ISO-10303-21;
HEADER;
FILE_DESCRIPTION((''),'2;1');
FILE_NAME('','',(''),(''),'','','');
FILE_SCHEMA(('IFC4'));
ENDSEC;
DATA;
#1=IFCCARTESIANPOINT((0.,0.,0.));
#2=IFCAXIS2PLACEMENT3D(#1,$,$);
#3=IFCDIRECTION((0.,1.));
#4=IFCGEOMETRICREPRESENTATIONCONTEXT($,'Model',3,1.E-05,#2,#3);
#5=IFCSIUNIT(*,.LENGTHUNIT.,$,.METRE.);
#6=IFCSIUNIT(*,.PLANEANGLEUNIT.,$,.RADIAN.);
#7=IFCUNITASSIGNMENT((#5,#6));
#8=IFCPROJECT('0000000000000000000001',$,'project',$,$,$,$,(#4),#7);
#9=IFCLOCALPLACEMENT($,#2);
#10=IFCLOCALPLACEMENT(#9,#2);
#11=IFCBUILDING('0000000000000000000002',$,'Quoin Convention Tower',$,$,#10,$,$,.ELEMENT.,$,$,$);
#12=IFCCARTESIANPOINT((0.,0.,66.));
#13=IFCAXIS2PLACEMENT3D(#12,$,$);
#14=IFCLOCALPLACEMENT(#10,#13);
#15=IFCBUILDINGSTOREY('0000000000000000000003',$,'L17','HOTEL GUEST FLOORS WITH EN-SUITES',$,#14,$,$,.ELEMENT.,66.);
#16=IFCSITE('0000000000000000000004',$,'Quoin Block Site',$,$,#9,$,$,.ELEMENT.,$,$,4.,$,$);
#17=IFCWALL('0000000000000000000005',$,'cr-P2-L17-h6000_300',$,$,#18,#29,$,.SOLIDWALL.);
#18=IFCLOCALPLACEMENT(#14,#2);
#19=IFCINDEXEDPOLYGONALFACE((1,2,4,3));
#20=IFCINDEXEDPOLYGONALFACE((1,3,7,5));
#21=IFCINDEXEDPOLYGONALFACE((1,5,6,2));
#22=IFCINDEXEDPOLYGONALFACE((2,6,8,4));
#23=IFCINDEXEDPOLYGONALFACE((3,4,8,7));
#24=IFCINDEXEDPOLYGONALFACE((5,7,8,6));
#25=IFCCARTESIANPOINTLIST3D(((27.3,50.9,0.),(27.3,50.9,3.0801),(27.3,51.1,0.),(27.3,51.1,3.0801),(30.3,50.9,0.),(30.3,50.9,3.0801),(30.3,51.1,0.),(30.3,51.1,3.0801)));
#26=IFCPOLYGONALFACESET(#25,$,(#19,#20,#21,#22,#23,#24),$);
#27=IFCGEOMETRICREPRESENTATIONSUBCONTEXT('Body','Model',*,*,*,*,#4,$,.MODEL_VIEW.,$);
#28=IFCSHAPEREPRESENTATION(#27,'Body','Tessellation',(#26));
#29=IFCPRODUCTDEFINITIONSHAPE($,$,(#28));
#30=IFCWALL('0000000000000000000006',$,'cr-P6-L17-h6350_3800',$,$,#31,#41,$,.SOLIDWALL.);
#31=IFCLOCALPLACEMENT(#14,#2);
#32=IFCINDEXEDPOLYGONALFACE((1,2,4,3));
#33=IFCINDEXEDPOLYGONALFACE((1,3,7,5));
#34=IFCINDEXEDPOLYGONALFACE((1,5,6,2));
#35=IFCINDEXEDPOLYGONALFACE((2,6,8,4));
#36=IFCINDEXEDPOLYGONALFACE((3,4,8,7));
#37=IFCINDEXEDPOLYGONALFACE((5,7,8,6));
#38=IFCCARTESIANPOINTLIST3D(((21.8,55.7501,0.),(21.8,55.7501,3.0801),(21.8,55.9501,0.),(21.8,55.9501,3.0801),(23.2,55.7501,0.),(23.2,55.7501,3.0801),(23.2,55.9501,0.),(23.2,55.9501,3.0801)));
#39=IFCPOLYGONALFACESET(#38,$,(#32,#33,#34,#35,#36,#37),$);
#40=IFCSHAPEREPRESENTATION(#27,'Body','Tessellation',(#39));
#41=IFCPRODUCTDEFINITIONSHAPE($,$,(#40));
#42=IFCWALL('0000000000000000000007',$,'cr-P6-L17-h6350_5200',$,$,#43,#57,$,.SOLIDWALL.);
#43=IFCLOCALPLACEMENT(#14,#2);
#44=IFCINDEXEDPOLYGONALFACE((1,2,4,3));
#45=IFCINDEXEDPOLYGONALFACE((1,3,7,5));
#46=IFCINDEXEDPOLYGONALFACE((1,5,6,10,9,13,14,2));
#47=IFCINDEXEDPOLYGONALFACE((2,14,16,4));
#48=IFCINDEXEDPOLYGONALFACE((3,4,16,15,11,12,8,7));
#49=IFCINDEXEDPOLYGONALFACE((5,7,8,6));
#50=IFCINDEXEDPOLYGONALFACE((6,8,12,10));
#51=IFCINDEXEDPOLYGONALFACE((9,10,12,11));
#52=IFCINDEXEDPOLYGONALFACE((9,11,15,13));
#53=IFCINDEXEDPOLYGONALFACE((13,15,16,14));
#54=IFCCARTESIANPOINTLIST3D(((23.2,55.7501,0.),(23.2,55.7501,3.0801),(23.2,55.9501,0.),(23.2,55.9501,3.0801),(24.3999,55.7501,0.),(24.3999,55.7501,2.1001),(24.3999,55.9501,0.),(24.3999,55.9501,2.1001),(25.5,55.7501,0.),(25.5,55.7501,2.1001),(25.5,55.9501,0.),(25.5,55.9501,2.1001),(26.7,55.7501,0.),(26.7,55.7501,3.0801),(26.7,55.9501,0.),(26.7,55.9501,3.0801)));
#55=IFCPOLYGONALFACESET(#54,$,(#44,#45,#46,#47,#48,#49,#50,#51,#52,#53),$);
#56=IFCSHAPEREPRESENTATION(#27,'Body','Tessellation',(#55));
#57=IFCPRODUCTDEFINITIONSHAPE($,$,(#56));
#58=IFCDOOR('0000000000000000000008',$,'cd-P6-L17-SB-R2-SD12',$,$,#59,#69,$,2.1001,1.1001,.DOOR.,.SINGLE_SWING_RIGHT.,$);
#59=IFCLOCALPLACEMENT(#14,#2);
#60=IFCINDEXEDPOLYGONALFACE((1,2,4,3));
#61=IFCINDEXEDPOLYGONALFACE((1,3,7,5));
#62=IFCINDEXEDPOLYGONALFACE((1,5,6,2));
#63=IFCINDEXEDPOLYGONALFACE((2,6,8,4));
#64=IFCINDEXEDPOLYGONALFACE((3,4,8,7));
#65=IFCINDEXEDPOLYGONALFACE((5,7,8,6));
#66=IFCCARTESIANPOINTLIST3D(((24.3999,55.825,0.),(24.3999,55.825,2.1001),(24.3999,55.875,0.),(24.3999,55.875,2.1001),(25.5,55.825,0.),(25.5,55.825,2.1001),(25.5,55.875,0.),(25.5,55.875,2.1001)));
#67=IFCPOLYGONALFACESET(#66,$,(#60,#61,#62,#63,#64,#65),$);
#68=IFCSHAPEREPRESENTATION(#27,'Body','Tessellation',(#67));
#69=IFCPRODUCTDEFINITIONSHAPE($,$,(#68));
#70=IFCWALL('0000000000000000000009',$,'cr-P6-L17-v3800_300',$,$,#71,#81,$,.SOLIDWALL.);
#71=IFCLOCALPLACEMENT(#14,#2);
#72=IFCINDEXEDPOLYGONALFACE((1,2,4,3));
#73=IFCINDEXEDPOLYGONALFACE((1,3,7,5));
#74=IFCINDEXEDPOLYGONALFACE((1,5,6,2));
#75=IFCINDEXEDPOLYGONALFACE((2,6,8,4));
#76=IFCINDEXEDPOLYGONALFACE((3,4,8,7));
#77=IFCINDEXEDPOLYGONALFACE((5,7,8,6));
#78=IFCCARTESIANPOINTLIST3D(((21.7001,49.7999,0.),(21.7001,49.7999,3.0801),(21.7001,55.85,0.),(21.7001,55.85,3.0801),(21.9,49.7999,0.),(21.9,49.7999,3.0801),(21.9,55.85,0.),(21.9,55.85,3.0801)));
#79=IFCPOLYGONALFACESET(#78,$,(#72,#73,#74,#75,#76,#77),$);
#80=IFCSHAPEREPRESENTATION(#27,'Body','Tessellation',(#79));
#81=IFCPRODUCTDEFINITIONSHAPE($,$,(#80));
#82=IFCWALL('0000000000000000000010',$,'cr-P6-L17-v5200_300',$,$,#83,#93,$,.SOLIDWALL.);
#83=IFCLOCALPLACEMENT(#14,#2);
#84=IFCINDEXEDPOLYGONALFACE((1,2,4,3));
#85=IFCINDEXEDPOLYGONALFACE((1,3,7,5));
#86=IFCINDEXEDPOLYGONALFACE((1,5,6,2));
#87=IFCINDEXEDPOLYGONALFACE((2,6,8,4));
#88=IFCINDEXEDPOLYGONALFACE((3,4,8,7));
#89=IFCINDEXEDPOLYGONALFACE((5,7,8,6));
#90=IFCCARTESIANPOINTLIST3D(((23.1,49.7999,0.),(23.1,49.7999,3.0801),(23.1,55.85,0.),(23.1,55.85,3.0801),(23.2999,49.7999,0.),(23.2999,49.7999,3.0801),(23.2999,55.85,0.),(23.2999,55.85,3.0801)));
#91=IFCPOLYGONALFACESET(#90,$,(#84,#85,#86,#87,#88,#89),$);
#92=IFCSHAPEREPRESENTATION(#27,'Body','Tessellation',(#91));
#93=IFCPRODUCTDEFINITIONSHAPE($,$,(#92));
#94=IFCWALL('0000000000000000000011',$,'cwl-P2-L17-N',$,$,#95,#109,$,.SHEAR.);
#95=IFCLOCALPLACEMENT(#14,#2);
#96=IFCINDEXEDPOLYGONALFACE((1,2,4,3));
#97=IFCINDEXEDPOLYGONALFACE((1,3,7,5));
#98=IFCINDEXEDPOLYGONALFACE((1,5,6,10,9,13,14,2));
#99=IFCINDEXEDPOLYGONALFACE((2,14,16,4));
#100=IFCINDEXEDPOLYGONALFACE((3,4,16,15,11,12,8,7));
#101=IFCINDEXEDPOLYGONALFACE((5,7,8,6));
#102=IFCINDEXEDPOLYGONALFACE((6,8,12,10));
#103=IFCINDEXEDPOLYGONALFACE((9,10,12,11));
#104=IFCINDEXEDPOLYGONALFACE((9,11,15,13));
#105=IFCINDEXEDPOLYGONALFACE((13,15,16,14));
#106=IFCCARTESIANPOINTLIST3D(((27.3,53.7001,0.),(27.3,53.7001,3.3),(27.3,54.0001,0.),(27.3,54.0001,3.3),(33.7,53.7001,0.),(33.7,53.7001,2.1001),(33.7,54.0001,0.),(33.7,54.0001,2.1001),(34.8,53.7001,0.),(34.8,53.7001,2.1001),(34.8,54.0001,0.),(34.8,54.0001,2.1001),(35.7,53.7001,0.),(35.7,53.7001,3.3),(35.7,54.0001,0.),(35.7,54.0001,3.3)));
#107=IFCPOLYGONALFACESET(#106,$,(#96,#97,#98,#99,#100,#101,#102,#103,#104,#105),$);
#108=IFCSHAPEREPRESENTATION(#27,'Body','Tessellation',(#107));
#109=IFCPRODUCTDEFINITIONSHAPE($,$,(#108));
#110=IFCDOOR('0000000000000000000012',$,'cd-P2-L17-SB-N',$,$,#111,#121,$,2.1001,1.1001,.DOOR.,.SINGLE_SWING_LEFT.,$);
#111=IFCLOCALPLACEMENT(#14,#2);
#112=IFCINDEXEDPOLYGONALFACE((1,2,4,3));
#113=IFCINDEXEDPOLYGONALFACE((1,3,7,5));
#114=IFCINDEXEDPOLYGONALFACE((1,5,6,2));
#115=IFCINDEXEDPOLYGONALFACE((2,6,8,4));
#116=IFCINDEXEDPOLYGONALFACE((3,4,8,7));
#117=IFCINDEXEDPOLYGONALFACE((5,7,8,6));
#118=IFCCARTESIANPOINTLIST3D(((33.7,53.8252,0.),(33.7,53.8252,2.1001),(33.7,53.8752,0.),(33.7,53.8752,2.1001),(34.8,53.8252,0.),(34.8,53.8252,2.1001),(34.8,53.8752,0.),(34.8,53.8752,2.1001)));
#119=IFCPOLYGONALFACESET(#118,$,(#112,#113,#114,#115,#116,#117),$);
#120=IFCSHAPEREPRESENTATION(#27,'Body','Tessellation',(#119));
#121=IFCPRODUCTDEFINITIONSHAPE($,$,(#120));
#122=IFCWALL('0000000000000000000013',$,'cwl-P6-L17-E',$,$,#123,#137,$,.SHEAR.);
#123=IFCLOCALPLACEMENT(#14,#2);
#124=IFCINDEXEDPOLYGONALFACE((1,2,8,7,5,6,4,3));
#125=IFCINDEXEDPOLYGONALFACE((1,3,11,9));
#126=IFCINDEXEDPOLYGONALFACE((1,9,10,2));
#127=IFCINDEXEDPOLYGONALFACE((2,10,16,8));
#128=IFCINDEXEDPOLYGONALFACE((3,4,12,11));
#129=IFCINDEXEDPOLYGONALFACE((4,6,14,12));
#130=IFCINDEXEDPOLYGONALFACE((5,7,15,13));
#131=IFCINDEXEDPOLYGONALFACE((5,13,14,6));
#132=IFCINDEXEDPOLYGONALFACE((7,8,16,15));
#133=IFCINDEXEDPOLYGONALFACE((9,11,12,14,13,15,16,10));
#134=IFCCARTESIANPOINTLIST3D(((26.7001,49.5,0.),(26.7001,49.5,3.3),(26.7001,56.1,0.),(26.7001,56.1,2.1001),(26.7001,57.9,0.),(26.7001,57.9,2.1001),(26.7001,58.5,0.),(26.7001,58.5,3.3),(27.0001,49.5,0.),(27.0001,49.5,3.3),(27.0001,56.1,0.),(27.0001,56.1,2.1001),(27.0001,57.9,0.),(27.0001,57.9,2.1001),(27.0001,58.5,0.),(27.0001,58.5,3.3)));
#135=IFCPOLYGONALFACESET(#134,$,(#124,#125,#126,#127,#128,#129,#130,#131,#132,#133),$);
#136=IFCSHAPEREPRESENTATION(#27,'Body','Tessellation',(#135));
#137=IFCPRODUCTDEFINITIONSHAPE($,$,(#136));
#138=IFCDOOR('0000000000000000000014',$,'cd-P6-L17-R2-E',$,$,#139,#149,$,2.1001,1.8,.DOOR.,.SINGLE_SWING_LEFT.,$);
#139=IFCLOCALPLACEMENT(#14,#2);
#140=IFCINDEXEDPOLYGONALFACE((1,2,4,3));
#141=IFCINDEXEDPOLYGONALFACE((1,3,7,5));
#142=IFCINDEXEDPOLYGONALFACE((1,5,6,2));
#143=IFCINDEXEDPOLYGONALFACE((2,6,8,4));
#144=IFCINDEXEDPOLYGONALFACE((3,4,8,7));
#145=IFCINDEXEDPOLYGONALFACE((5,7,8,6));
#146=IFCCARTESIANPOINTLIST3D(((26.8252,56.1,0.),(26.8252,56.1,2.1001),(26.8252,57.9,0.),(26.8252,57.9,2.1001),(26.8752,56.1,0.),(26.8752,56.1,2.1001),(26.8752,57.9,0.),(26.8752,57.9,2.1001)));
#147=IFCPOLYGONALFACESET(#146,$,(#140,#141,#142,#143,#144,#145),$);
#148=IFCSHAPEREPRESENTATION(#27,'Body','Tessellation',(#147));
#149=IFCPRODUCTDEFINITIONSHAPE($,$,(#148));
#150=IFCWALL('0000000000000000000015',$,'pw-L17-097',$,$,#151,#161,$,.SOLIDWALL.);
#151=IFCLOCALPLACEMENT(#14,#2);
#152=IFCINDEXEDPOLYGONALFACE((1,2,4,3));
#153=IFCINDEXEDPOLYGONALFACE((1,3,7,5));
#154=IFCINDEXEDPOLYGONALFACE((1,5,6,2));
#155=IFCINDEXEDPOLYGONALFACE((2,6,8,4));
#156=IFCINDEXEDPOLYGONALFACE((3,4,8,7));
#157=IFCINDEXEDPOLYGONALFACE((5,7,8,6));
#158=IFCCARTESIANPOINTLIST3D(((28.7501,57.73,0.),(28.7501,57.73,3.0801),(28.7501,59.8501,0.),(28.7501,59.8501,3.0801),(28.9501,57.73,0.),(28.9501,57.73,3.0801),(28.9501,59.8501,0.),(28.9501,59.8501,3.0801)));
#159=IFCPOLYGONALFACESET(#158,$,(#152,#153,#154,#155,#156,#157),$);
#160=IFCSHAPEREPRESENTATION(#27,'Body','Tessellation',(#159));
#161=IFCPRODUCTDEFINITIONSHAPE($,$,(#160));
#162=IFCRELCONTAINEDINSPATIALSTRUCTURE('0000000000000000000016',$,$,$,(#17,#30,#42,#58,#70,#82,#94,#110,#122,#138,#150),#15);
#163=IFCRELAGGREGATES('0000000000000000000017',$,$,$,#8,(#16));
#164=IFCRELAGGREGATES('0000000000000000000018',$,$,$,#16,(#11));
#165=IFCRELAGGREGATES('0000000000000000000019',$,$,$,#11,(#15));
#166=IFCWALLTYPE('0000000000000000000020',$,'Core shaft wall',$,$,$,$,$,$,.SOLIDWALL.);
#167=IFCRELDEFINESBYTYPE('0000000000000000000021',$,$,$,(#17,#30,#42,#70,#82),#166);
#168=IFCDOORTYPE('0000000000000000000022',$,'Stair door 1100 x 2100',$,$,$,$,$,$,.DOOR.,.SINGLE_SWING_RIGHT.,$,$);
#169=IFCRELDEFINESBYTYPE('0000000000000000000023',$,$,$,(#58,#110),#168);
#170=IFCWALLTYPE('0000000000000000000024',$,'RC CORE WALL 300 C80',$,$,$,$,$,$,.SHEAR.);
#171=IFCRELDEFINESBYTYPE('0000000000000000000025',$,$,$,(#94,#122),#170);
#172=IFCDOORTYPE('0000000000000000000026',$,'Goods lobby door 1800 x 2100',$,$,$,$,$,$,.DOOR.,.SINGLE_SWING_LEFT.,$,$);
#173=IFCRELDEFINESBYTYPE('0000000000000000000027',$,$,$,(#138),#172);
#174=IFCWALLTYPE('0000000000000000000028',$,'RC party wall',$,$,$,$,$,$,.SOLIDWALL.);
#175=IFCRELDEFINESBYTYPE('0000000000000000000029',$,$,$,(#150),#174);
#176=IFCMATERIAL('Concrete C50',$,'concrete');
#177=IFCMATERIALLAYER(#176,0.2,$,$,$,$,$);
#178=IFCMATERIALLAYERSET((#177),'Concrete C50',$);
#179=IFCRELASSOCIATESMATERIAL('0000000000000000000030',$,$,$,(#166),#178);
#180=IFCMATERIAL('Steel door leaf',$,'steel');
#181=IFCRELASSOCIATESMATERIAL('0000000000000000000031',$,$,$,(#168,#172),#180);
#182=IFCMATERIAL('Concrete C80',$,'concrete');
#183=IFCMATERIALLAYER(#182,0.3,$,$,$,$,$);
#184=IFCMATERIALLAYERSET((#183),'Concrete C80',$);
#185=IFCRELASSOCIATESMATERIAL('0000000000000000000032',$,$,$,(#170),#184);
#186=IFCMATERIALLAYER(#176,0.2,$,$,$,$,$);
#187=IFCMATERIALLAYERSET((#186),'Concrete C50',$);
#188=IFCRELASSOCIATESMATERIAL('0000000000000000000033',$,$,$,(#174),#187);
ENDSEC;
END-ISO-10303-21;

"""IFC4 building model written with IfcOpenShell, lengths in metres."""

from ifc_helpers import new_model, si_unit, direction, frame, frame_2d, origin, place, context, subcontext, project, spatial, rectangle, extrude, material, layer, layer_set, type_object, element, fill, save


model = new_model("IFC4")

# Units and contexts
model_context = context("Model", 3, precision=1e-05, world=origin(), true_north=direction((0.0, 1.0)))
body_context = subcontext(model_context, "Body", "Model", "MODEL_VIEW")
ifc_project = project(units=[si_unit("LENGTHUNIT", "METRE"), si_unit("PLANEANGLEUNIT", "RADIAN")], contexts=[model_context])

# Site, building, storey
site_placement = place(None, origin())
site = spatial("IfcSite", under=ifc_project, at=site_placement, Name="Quoin Block Site", CompositionType="ELEMENT", RefElevation=4.0)
building_placement = place(site_placement, origin())
building = spatial("IfcBuilding", under=site, at=building_placement, Name="Quoin Convention Tower", CompositionType="ELEMENT")
storey_placement = place(building_placement, frame((0.0, 0.0, 66.0)))
storey = spatial("IfcBuildingStorey", under=building, at=storey_placement, Name="L17", Description="HOTEL GUEST FLOORS WITH EN-SUITES", CompositionType="ELEMENT", Elevation=66.0)

# Walls
ifc_material_1 = material(Name="Concrete C50", Category="concrete")
ifc_layer_1 = layer(ifc_material_1, 0.2)
ifc_layer_set_1 = layer_set([ifc_layer_1], Name="Concrete C50")
wall_type_1 = type_object("IfcWallType", Name="Core shaft wall", PredefinedType="SOLIDWALL", material=ifc_layer_set_1)
wall_1_placement = place(storey_placement, frame((27.3, 51.0, 0.0), z_axis=(0.0, 0.0, 1.0), x_axis=(1.0, 0.0, 0.0)))
element("IfcWall", 1, at=wall_1_placement, inside=storey, type_object=wall_type_1, Name="cr-P2-L17-h6000_300", PredefinedType="SOLIDWALL", context=body_context, shape_type="SweptSolid", body=[
    extrude(rectangle(XDim=3.0, YDim=0.2, at=frame_2d((1.5, 0.0))), origin(), (0.0, 0.0, 1.0), 3.0801),
])
wall_2_placement = place(storey_placement, frame((21.8, 55.8501, 0.0), z_axis=(0.0, 0.0, 1.0), x_axis=(1.0, 0.0, 0.0)))
element("IfcWall", 2, at=wall_2_placement, inside=storey, type_object=wall_type_1, Name="cr-P6-L17-h6350_3800", PredefinedType="SOLIDWALL", context=body_context, shape_type="SweptSolid", body=[
    extrude(rectangle(XDim=1.3999, YDim=0.2, at=frame_2d((0.7, 0.0))), origin(), (0.0, 0.0, 1.0), 3.0801),
])

# Wall, opening, door
wall_3_placement = place(storey_placement, frame((23.2, 55.8501, 0.0), z_axis=(0.0, 0.0, 1.0), x_axis=(1.0, 0.0, 0.0)))
wall_3 = element("IfcWall", 3, at=wall_3_placement, inside=storey, type_object=wall_type_1, Name="cr-P6-L17-h6350_5200", PredefinedType="SOLIDWALL", context=body_context, shape_type="SweptSolid", body=[
    extrude(rectangle(XDim=3.5, YDim=0.2, at=frame_2d((1.75, 0.0))), origin(), (0.0, 0.0, 1.0), 3.0801),
])
opening_1_placement = place(wall_3_placement, frame((1.2, 0.0, 0.0)))
opening_1 = element("IfcOpeningElement", 4, at=opening_1_placement, cuts=wall_3, PredefinedType="OPENING", context=body_context, shape_type="SweptSolid", body=[
    extrude(rectangle(XDim=1.1001, YDim=2.1001, at=frame_2d((0.55, 1.05))), frame((0.0, 0.1099, 0.0), z_axis=(0.0, -1.0, 0.0), x_axis=(1.0, 0.0, 0.0)), (0.0, 0.0, 1.0), 0.22),
])
ifc_material_2 = material(Name="Steel door leaf", Category="steel")
door_type_1 = type_object("IfcDoorType", Name="Stair door 1100 x 2100", OperationType="SINGLE_SWING_RIGHT", PredefinedType="DOOR", material=ifc_material_2)
door_1_placement = place(opening_1_placement, origin())
door_1 = element("IfcDoor", 5, at=door_1_placement, inside=storey, type_object=door_type_1, Name="cd-P6-L17-SB-R2-SD12", OperationType="SINGLE_SWING_RIGHT", OverallHeight=2.1001, OverallWidth=1.1001, PredefinedType="DOOR", context=body_context, shape_type="SweptSolid", body=[
    extrude(rectangle(XDim=1.1001, YDim=2.1001, at=frame_2d((0.55, 1.05))), frame((0.0, 0.0249, 0.0), z_axis=(0.0, -1.0, 0.0), x_axis=(1.0, 0.0, 0.0)), (0.0, 0.0, 1.0), 0.05),
])
fill(opening_1, door_1)

# Walls
for number, where, z_axis, x_axis, name in (
    (6, (21.8, 49.8, 0.0), (0.0, 0.0, 1.0), (0.0, 1.0, 0.0), "cr-P6-L17-v3800_300"),
    (7, (23.2, 49.8, 0.0), (0.0, 0.0, 1.0), (0.0, 1.0, 0.0), "cr-P6-L17-v5200_300"),
):
    element("IfcWall", number, at=place(storey_placement, frame(where, z_axis=z_axis, x_axis=x_axis)), inside=storey, type_object=wall_type_1, Name=name, PredefinedType="SOLIDWALL", context=body_context, shape_type="SweptSolid", body=[
        extrude(rectangle(XDim=6.05, YDim=0.2, at=frame_2d((3.0249, 0.0))), origin(), (0.0, 0.0, 1.0), 3.0801),
    ])

# Walls, openings, doors
ifc_material_3 = material(Name="Concrete C80", Category="concrete")
ifc_layer_2 = layer(ifc_material_3, 0.3)
ifc_layer_set_2 = layer_set([ifc_layer_2], Name="Concrete C80")
wall_type_2 = type_object("IfcWallType", Name="RC CORE WALL 300 C80", PredefinedType="SHEAR", material=ifc_layer_set_2)
wall_4_placement = place(storey_placement, frame((27.3, 53.8501, 0.0), z_axis=(0.0, 0.0, 1.0), x_axis=(1.0, 0.0, 0.0)))
wall_4 = element("IfcWall", 8, at=wall_4_placement, inside=storey, type_object=wall_type_2, Name="cwl-P2-L17-N", PredefinedType="SHEAR", context=body_context, shape_type="SweptSolid", body=[
    extrude(rectangle(XDim=8.3999, YDim=0.3, at=frame_2d((4.2, 0.0))), origin(), (0.0, 0.0, 1.0), 3.3),
])
opening_2_placement = place(wall_4_placement, frame((6.3999, 0.0, 0.0)))
opening_2 = element("IfcOpeningElement", 9, at=opening_2_placement, cuts=wall_4, PredefinedType="OPENING", context=body_context, shape_type="SweptSolid", body=[
    extrude(rectangle(XDim=1.1001, YDim=2.1001, at=frame_2d((0.55, 1.05))), frame((0.0, 0.1599, 0.0), z_axis=(0.0, -1.0, 0.0), x_axis=(1.0, 0.0, 0.0)), (0.0, 0.0, 1.0), 0.3201),
])
door_2_placement = place(opening_2_placement, frame((1.1001, 0.0, 0.0), z_axis=(0.0, 0.0, 1.0), x_axis=(-1.0, 0.0, 0.0)))
door_2 = element("IfcDoor", 10, at=door_2_placement, inside=storey, type_object=door_type_1, Name="cd-P2-L17-SB-N", OperationType="SINGLE_SWING_LEFT", OverallHeight=2.1001, OverallWidth=1.1001, PredefinedType="DOOR", context=body_context, shape_type="SweptSolid", body=[
    extrude(rectangle(XDim=1.1001, YDim=2.1001, at=frame_2d((0.55, 1.05))), frame((0.0, 0.0249, 0.0), z_axis=(0.0, -1.0, 0.0), x_axis=(1.0, 0.0, 0.0)), (0.0, 0.0, 1.0), 0.05),
])
fill(opening_2, door_2)
wall_5_placement = place(storey_placement, frame((26.8501, 49.5, 0.0), z_axis=(0.0, 0.0, 1.0), x_axis=(0.0, 1.0, 0.0)))
wall_5 = element("IfcWall", 11, at=wall_5_placement, inside=storey, type_object=wall_type_2, Name="cwl-P6-L17-E", PredefinedType="SHEAR", context=body_context, shape_type="SweptSolid", body=[
    extrude(rectangle(XDim=9.0, YDim=0.3, at=frame_2d((4.5, 0.0))), origin(), (0.0, 0.0, 1.0), 3.3),
])
opening_3_placement = place(wall_5_placement, frame((6.6001, 0.0, 0.0)))
opening_3 = element("IfcOpeningElement", 12, at=opening_3_placement, cuts=wall_5, PredefinedType="OPENING", context=body_context, shape_type="SweptSolid", body=[
    extrude(rectangle(XDim=1.8, YDim=2.1001, at=frame_2d((0.8999, 1.05))), frame((0.0, 0.1599, 0.0), z_axis=(0.0, -1.0, 0.0), x_axis=(1.0, 0.0, 0.0)), (0.0, 0.0, 1.0), 0.3201),
])
door_type_2 = type_object("IfcDoorType", Name="Goods lobby door 1800 x 2100", OperationType="SINGLE_SWING_LEFT", PredefinedType="DOOR", material=ifc_material_2)
door_3_placement = place(opening_3_placement, origin())
door_3 = element("IfcDoor", 13, at=door_3_placement, inside=storey, type_object=door_type_2, Name="cd-P6-L17-R2-E", OperationType="SINGLE_SWING_LEFT", OverallHeight=2.1001, OverallWidth=1.8, PredefinedType="DOOR", context=body_context, shape_type="SweptSolid", body=[
    extrude(rectangle(XDim=1.8, YDim=2.1001, at=frame_2d((0.8999, 1.05))), frame((0.0, 0.0249, 0.0), z_axis=(0.0, -1.0, 0.0), x_axis=(1.0, 0.0, 0.0)), (0.0, 0.0, 1.0), 0.05),
])
fill(opening_3, door_3)

# Wall
ifc_layer_3 = layer(ifc_material_1, 0.2)
ifc_layer_set_3 = layer_set([ifc_layer_3], Name="Concrete C50")
wall_type_3 = type_object("IfcWallType", Name="RC party wall", PredefinedType="SOLIDWALL", material=ifc_layer_set_3)
wall_6_placement = place(storey_placement, frame((28.8501, 57.73, 0.0), z_axis=(0.0, 0.0, 1.0), x_axis=(0.0, 1.0, 0.0)))
element("IfcWall", 14, at=wall_6_placement, inside=storey, type_object=wall_type_3, Name="pw-L17-097", PredefinedType="SOLIDWALL", context=body_context, shape_type="SweptSolid", body=[
    extrude(rectangle(XDim=2.1201, YDim=0.2, at=frame_2d((1.0601, 0.0))), origin(), (0.0, 0.0, 1.0), 3.0801),
])

save(model, "model.ifc")
